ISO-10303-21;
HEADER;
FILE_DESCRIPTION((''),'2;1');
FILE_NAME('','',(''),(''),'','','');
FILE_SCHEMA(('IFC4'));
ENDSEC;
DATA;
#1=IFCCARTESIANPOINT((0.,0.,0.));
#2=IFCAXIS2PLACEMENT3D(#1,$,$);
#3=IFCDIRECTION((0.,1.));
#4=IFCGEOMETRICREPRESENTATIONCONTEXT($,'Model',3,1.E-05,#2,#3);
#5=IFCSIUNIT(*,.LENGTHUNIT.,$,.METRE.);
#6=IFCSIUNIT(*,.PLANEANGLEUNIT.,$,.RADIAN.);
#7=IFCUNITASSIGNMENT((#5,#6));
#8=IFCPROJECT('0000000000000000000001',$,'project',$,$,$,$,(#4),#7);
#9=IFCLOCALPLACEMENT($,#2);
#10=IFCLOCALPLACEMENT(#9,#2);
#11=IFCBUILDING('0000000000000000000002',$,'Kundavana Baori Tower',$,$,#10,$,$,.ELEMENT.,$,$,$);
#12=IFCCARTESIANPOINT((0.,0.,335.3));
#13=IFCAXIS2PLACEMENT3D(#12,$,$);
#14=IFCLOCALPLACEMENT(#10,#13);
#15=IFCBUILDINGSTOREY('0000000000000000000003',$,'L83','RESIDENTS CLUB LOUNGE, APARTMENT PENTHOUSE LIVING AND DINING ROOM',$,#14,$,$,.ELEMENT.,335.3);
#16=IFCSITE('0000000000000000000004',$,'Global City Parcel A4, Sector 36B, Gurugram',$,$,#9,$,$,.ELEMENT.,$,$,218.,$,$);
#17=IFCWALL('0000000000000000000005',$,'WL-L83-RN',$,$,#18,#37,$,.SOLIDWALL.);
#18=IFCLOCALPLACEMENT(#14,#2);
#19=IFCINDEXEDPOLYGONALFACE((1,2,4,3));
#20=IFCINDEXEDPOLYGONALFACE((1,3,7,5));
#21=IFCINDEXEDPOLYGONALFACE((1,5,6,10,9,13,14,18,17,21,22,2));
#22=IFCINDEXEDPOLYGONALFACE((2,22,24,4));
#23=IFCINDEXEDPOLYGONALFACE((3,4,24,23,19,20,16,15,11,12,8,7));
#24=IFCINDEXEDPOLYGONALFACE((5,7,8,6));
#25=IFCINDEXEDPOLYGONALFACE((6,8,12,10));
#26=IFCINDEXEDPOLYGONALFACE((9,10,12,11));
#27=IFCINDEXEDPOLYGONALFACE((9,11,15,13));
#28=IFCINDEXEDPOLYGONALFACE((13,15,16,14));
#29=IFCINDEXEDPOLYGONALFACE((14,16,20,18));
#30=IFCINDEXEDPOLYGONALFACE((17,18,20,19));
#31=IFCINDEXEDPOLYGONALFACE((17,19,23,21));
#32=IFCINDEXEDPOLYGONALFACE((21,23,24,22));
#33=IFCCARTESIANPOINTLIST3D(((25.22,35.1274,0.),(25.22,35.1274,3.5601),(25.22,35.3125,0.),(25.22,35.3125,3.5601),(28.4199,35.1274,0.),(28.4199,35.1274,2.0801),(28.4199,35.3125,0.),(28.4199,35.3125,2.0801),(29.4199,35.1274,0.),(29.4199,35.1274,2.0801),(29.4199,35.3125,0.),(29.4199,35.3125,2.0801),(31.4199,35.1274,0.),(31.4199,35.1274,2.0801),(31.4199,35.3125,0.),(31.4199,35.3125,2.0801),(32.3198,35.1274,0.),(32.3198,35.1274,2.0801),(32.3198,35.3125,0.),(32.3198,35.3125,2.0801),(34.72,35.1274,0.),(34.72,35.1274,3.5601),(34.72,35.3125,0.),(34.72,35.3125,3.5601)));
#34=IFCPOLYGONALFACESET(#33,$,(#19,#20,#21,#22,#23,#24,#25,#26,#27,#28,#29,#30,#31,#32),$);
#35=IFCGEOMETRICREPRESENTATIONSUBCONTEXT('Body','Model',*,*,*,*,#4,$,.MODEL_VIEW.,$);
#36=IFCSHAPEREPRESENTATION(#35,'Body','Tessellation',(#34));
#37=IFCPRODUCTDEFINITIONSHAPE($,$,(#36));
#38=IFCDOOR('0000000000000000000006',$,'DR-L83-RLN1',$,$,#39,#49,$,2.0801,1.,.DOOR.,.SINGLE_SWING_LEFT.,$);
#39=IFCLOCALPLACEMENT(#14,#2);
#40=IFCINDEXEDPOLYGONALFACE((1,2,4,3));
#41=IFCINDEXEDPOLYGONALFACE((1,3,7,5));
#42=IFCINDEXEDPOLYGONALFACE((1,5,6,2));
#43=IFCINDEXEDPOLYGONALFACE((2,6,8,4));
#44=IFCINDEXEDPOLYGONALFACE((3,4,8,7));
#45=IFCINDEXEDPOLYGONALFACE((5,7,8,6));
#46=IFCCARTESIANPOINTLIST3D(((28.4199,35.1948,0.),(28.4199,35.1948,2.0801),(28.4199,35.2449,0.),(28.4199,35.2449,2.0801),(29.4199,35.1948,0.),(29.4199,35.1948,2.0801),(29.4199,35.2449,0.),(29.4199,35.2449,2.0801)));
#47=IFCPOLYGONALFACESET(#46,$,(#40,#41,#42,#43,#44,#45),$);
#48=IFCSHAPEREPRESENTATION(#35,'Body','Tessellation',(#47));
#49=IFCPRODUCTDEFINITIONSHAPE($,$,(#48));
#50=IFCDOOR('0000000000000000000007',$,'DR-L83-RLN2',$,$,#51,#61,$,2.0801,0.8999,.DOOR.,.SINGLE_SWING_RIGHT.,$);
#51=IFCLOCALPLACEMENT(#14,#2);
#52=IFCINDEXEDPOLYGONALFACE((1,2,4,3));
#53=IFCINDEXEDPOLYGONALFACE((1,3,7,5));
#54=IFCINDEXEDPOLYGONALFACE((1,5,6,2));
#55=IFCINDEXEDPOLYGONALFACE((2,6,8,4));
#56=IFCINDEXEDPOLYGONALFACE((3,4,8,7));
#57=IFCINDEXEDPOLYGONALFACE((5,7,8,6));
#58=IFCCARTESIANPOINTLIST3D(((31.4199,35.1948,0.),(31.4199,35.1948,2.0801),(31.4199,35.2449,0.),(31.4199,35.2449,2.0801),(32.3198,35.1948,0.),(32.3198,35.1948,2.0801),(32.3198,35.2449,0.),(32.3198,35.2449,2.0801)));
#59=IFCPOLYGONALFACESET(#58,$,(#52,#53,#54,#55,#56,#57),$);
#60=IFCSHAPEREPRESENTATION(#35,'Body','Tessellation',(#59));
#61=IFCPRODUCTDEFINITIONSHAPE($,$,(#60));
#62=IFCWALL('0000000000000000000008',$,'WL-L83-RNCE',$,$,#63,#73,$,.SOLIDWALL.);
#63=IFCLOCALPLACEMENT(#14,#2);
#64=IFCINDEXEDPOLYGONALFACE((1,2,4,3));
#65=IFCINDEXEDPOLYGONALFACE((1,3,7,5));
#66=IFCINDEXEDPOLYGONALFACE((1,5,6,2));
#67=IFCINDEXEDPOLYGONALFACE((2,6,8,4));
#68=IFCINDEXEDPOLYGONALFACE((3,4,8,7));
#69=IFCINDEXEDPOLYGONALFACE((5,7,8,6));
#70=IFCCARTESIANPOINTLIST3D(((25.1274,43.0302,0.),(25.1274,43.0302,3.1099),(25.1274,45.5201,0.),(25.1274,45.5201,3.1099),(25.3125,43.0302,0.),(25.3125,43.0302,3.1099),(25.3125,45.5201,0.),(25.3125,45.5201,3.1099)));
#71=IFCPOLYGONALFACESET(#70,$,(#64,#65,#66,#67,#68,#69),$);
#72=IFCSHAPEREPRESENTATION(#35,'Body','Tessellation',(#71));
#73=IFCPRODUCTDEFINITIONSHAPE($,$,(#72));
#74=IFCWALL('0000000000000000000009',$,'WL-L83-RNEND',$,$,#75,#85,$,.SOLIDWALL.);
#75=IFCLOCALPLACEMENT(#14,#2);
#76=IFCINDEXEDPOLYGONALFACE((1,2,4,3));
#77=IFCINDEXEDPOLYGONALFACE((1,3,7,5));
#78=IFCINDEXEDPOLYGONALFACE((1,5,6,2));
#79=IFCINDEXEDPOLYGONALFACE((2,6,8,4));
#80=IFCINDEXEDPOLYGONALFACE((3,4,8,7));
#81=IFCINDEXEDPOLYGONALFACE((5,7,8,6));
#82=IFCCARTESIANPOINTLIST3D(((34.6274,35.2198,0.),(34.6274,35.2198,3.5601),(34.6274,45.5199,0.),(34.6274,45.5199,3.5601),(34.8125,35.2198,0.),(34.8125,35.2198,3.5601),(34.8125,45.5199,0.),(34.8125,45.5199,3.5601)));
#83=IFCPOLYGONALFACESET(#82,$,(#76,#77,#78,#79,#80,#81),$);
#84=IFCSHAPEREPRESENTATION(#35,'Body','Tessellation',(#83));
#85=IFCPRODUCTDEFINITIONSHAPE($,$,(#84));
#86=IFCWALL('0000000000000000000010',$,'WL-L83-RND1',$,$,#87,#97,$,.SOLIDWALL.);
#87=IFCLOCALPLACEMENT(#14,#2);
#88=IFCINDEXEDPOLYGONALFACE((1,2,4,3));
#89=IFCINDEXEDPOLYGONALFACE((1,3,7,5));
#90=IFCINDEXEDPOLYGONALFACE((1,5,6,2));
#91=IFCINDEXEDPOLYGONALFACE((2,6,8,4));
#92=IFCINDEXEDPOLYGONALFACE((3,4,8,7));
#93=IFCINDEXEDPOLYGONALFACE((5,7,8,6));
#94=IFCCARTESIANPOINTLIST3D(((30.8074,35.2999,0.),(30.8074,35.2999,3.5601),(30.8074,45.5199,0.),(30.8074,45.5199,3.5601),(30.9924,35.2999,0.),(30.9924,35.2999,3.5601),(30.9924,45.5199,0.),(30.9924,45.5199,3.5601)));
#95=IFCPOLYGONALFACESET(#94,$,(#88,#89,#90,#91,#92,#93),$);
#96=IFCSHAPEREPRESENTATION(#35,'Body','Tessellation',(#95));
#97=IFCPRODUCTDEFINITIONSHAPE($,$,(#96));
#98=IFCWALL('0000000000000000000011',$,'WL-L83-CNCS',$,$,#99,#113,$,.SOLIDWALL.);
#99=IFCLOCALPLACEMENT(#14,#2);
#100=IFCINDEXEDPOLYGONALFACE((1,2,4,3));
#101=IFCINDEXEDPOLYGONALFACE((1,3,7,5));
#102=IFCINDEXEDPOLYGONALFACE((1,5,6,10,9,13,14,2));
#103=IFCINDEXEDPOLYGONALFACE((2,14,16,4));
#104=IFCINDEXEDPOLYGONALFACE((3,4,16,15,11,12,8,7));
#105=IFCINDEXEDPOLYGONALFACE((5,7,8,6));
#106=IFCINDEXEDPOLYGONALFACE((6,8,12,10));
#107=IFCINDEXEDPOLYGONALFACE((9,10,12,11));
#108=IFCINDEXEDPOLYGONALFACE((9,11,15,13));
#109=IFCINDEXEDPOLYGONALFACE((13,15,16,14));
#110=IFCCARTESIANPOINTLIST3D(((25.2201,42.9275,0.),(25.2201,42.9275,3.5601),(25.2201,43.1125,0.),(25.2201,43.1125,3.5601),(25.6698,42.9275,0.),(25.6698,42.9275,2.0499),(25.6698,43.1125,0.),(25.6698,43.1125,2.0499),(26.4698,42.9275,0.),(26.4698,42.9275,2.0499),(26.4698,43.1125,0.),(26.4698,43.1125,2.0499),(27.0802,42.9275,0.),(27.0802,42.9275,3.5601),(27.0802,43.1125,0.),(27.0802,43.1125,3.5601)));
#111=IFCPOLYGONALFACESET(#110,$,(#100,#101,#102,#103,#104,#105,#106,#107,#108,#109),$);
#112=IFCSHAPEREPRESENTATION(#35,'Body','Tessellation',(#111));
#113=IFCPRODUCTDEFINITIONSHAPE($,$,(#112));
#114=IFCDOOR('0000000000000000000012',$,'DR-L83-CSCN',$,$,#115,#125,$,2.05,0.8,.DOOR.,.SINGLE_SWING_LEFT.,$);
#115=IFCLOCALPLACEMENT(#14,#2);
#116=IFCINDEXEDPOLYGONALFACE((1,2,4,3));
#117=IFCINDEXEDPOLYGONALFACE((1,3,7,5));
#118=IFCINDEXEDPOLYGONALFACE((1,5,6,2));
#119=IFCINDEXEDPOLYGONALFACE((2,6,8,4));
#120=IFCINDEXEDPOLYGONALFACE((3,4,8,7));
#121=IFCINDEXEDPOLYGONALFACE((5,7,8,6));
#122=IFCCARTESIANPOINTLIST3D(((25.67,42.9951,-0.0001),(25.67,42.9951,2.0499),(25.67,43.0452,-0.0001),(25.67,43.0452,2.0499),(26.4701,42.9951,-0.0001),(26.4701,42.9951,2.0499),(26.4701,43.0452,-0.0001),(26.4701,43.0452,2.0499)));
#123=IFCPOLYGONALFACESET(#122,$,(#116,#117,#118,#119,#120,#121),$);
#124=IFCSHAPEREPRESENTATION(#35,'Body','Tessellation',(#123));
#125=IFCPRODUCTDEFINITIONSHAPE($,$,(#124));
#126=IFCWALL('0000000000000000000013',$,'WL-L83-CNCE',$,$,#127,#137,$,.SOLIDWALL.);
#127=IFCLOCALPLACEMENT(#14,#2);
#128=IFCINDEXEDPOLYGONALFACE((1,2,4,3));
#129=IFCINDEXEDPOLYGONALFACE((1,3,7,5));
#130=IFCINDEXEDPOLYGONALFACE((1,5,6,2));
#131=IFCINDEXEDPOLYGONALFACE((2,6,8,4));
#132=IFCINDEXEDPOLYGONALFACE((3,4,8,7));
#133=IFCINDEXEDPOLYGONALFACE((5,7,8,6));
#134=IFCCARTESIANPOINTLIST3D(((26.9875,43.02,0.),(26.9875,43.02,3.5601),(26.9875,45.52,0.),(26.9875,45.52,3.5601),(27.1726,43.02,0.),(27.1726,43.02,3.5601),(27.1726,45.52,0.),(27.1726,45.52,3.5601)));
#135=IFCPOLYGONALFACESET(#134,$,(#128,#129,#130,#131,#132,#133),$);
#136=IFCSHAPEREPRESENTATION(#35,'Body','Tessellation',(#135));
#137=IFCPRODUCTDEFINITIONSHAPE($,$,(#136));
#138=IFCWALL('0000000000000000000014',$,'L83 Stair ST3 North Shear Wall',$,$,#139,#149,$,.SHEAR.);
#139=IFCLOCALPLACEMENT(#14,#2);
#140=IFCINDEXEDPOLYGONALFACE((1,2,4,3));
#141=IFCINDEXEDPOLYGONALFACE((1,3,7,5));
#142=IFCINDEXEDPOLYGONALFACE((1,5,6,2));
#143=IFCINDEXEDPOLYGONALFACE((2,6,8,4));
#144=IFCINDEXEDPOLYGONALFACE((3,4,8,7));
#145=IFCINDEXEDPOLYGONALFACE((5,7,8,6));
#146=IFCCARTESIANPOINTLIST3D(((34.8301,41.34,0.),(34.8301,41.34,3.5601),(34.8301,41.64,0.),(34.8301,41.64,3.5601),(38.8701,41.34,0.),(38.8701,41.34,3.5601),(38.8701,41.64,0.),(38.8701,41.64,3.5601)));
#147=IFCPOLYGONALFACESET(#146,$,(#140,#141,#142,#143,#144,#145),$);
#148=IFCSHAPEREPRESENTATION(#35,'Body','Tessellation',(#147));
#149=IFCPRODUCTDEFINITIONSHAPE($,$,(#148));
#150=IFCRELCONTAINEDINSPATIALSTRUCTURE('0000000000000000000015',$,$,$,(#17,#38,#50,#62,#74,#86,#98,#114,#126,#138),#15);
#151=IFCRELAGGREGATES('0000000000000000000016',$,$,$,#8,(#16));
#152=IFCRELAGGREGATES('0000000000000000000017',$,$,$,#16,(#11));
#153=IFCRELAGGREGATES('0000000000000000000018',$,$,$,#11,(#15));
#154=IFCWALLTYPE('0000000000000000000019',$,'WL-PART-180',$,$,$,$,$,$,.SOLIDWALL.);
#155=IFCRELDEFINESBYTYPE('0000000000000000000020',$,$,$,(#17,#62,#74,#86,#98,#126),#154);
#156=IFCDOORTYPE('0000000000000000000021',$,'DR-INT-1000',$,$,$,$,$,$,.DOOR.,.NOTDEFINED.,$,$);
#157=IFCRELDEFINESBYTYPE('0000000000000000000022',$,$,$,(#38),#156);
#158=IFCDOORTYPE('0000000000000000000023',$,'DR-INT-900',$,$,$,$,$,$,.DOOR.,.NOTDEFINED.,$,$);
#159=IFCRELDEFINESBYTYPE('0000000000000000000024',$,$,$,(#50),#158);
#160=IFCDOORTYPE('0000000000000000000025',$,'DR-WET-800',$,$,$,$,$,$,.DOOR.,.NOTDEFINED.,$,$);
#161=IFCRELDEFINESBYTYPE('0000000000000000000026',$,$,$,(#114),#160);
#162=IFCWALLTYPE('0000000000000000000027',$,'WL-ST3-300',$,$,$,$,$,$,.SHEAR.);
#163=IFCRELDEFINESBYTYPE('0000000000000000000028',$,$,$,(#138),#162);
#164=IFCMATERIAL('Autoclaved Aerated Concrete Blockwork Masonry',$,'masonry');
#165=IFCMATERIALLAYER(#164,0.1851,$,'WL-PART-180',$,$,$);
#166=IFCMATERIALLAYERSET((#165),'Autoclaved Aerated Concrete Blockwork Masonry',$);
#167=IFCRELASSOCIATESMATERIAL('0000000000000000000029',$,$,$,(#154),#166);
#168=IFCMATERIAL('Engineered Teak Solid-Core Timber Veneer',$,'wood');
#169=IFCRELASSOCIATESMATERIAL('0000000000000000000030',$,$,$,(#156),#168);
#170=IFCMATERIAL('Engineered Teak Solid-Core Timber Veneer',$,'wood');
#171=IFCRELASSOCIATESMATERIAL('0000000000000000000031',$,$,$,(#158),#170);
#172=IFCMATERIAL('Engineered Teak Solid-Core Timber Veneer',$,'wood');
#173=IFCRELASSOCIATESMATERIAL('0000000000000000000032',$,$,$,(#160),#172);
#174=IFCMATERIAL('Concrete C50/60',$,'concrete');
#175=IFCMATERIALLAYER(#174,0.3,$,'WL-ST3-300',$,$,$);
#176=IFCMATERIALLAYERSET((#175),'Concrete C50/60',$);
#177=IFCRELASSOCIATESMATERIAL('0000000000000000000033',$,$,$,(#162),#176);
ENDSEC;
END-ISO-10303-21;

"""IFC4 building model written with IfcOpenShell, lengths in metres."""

from ifc_helpers import new_model, si_unit, direction, frame, frame_2d, origin, place, context, subcontext, project, spatial, rectangle, extrude, material, layer, layer_set, type_object, element, fill, save


model = new_model("IFC4")

# Units and contexts
model_context = context("Model", 3, precision=1e-05, world=origin(), true_north=direction((0.0, 1.0)))
body_context = subcontext(model_context, "Body", "Model", "MODEL_VIEW")
ifc_project = project(units=[si_unit("LENGTHUNIT", "METRE"), si_unit("PLANEANGLEUNIT", "RADIAN")], contexts=[model_context])

# Site, building, storey
site_placement = place(None, origin())
site = spatial("IfcSite", under=ifc_project, at=site_placement, Name="Global City Parcel A4, Sector 36B, Gurugram", CompositionType="ELEMENT", RefElevation=218.0)
building_placement = place(site_placement, origin())
building = spatial("IfcBuilding", under=site, at=building_placement, Name="Kundavana Baori Tower", CompositionType="ELEMENT")
storey_placement = place(building_placement, frame((0.0, 0.0, 335.3)))
storey = spatial("IfcBuildingStorey", under=building, at=storey_placement, Name="L83", Description="RESIDENTS CLUB LOUNGE, APARTMENT PENTHOUSE LIVING AND DINING ROOM", CompositionType="ELEMENT", Elevation=335.3)

# Wall, openings, doors
ifc_material_1 = material(Name="Autoclaved Aerated Concrete Blockwork Masonry", Category="masonry")
ifc_layer_1 = layer(ifc_material_1, 0.1851, Name="WL-PART-180")
ifc_layer_set_1 = layer_set([ifc_layer_1], Name="Autoclaved Aerated Concrete Blockwork Masonry")
wall_type_1 = type_object("IfcWallType", Name="WL-PART-180", PredefinedType="SOLIDWALL", material=ifc_layer_set_1)
wall_1_placement = place(storey_placement, frame((25.22, 35.22, 0.0), z_axis=(0.0, 0.0, 1.0), x_axis=(1.0, 0.0, 0.0)))
wall_1 = element("IfcWall", 1, at=wall_1_placement, inside=storey, type_object=wall_type_1, Name="WL-L83-RN", PredefinedType="SOLIDWALL", context=body_context, shape_type="SweptSolid", body=[
    extrude(rectangle(XDim=9.5, YDim=0.1851, at=frame_2d((4.75, 0.0))), origin(), (0.0, 0.0, 1.0), 3.5601),
])
opening_1_placement = place(wall_1_placement, frame((3.2, 0.0, 0.0)))
opening_1 = element("IfcOpeningElement", 2, at=opening_1_placement, cuts=wall_1, PredefinedType="OPENING", context=body_context, shape_type="SweptSolid", body=[
    extrude(rectangle(XDim=1.0, YDim=2.0801, at=frame_2d((0.5, 1.04))), frame((0.0, 0.1025, 0.0), z_axis=(0.0, -1.0, 0.0), x_axis=(1.0, 0.0, 0.0)), (0.0, 0.0, 1.0), 0.2051),
])
opening_2_placement = place(wall_1_placement, frame((6.2, 0.0, 0.0)))
opening_2 = element("IfcOpeningElement", 3, at=opening_2_placement, cuts=wall_1, PredefinedType="OPENING", context=body_context, shape_type="SweptSolid", body=[
    extrude(rectangle(XDim=0.8999, YDim=2.0801, at=frame_2d((0.45, 1.04))), frame((0.0, 0.1025, 0.0), z_axis=(0.0, -1.0, 0.0), x_axis=(1.0, 0.0, 0.0)), (0.0, 0.0, 1.0), 0.2051),
])
ifc_material_2 = material(Name="Engineered Teak Solid-Core Timber Veneer", Category="wood")
door_type_1 = type_object("IfcDoorType", Name="DR-INT-1000", OperationType="NOTDEFINED", PredefinedType="DOOR", material=ifc_material_2)
door_1_placement = place(opening_1_placement, origin())
door_1 = element("IfcDoor", 4, at=door_1_placement, inside=storey, type_object=door_type_1, Name="DR-L83-RLN1", OperationType="SINGLE_SWING_LEFT", OverallHeight=2.0801, OverallWidth=1.0, PredefinedType="DOOR", context=body_context, shape_type="SweptSolid", body=[
    extrude(rectangle(XDim=1.0, YDim=2.0801, at=frame_2d((0.5, 1.04))), frame((0.0, 0.0249, 0.0), z_axis=(0.0, -1.0, 0.0), x_axis=(1.0, 0.0, 0.0)), (0.0, 0.0, 1.0), 0.05),
])
fill(opening_1, door_1)
ifc_material_3 = material(Name="Engineered Teak Solid-Core Timber Veneer", Category="wood")
door_type_2 = type_object("IfcDoorType", Name="DR-INT-900", OperationType="NOTDEFINED", PredefinedType="DOOR", material=ifc_material_3)
door_2_placement = place(opening_2_placement, origin())
door_2 = element("IfcDoor", 5, at=door_2_placement, inside=storey, type_object=door_type_2, Name="DR-L83-RLN2", OperationType="SINGLE_SWING_RIGHT", OverallHeight=2.0801, OverallWidth=0.8999, PredefinedType="DOOR", context=body_context, shape_type="SweptSolid", body=[
    extrude(rectangle(XDim=0.8999, YDim=2.0801, at=frame_2d((0.45, 1.04))), frame((0.0, 0.0249, 0.0), z_axis=(0.0, -1.0, 0.0), x_axis=(1.0, 0.0, 0.0)), (0.0, 0.0, 1.0), 0.05),
])
fill(opening_2, door_2)

# Walls
wall_2_placement = place(storey_placement, frame((25.22, 43.03, 0.0), z_axis=(0.0, 0.0, 1.0), x_axis=(0.0, 1.0, 0.0)))
element("IfcWall", 6, at=wall_2_placement, inside=storey, type_object=wall_type_1, Name="WL-L83-RNCE", PredefinedType="SOLIDWALL", context=body_context, shape_type="SweptSolid", body=[
    extrude(rectangle(XDim=2.49, YDim=0.1851, at=frame_2d((1.2451, 0.0))), origin(), (0.0, 0.0, 1.0), 3.1099),
])
wall_3_placement = place(storey_placement, frame((34.72, 35.22, 0.0), z_axis=(0.0, 0.0, 1.0), x_axis=(0.0, 1.0, 0.0)))
element("IfcWall", 7, at=wall_3_placement, inside=storey, type_object=wall_type_1, Name="WL-L83-RNEND", PredefinedType="SOLIDWALL", context=body_context, shape_type="SweptSolid", body=[
    extrude(rectangle(XDim=10.3, YDim=0.1851, at=frame_2d((5.1499, 0.0))), origin(), (0.0, 0.0, 1.0), 3.5601),
])
wall_4_placement = place(storey_placement, frame((30.8999, 35.3, 0.0), z_axis=(0.0, 0.0, 1.0), x_axis=(0.0, 1.0, 0.0)))
element("IfcWall", 8, at=wall_4_placement, inside=storey, type_object=wall_type_1, Name="WL-L83-RND1", PredefinedType="SOLIDWALL", context=body_context, shape_type="SweptSolid", body=[
    extrude(rectangle(XDim=10.22, YDim=0.1851, at=frame_2d((5.1099, 0.0))), origin(), (0.0, 0.0, 1.0), 3.5601),
])

# Wall, opening, door
wall_5_placement = place(storey_placement, frame((25.22, 43.02, 0.0), z_axis=(0.0, 0.0, 1.0), x_axis=(1.0, 0.0, 0.0)))
wall_5 = element("IfcWall", 9, at=wall_5_placement, inside=storey, type_object=wall_type_1, Name="WL-L83-CNCS", PredefinedType="SOLIDWALL", context=body_context, shape_type="SweptSolid", body=[
    extrude(rectangle(XDim=1.8601, YDim=0.1851, at=frame_2d((0.9302, 0.0))), origin(), (0.0, 0.0, 1.0), 3.5601),
])
opening_3_placement = place(wall_5_placement, frame((0.45, 0.0, 0.0)))
opening_3 = element("IfcOpeningElement", 10, at=opening_3_placement, cuts=wall_5, PredefinedType="OPENING", context=body_context, shape_type="SweptSolid", body=[
    extrude(rectangle(XDim=0.8, YDim=2.05, at=frame_2d((0.3999, 1.0249))), frame((0.0, 0.1025, 0.0), z_axis=(0.0, -1.0, 0.0), x_axis=(1.0, 0.0, 0.0)), (0.0, 0.0, 1.0), 0.2051),
])
ifc_material_4 = material(Name="Engineered Teak Solid-Core Timber Veneer", Category="wood")
door_type_3 = type_object("IfcDoorType", Name="DR-WET-800", OperationType="NOTDEFINED", PredefinedType="DOOR", material=ifc_material_4)
door_3_placement = place(opening_3_placement, frame((0.8, 0.0, 0.0), z_axis=(0.0, 0.0, 1.0), x_axis=(-1.0, 0.0, 0.0)))
door_3 = element("IfcDoor", 11, at=door_3_placement, inside=storey, type_object=door_type_3, Name="DR-L83-CSCN", OperationType="SINGLE_SWING_LEFT", OverallHeight=2.05, OverallWidth=0.8, PredefinedType="DOOR", context=body_context, shape_type="SweptSolid", body=[
    extrude(rectangle(XDim=0.8, YDim=2.05, at=frame_2d((0.3999, 1.0249))), frame((0.0, 0.0249, 0.0), z_axis=(0.0, -1.0, 0.0), x_axis=(1.0, 0.0, 0.0)), (0.0, 0.0, 1.0), 0.05),
])
fill(opening_3, door_3)

# Walls
wall_6_placement = place(storey_placement, frame((27.0801, 43.02, 0.0), z_axis=(0.0, 0.0, 1.0), x_axis=(0.0, 1.0, 0.0)))
element("IfcWall", 12, at=wall_6_placement, inside=storey, type_object=wall_type_1, Name="WL-L83-CNCE", PredefinedType="SOLIDWALL", context=body_context, shape_type="SweptSolid", body=[
    extrude(rectangle(XDim=2.5, YDim=0.1851, at=frame_2d((1.25, 0.0))), origin(), (0.0, 0.0, 1.0), 3.5601),
])
ifc_material_5 = material(Name="Concrete C50/60", Category="concrete")
ifc_layer_2 = layer(ifc_material_5, 0.3, Name="WL-ST3-300")
ifc_layer_set_2 = layer_set([ifc_layer_2], Name="Concrete C50/60")
wall_type_2 = type_object("IfcWallType", Name="WL-ST3-300", PredefinedType="SHEAR", material=ifc_layer_set_2)
wall_7_placement = place(storey_placement, frame((34.8301, 41.49, 0.0), z_axis=(0.0, 0.0, 1.0), x_axis=(1.0, 0.0, 0.0)))
element("IfcWall", 13, at=wall_7_placement, inside=storey, type_object=wall_type_2, Name="L83 Stair ST3 North Shear Wall", PredefinedType="SHEAR", context=body_context, shape_type="SweptSolid", body=[
    extrude(rectangle(XDim=4.04, YDim=0.3, at=frame_2d((2.02, 0.0))), origin(), (0.0, 0.0, 1.0), 3.5601),
])

save(model, "model.ifc")
